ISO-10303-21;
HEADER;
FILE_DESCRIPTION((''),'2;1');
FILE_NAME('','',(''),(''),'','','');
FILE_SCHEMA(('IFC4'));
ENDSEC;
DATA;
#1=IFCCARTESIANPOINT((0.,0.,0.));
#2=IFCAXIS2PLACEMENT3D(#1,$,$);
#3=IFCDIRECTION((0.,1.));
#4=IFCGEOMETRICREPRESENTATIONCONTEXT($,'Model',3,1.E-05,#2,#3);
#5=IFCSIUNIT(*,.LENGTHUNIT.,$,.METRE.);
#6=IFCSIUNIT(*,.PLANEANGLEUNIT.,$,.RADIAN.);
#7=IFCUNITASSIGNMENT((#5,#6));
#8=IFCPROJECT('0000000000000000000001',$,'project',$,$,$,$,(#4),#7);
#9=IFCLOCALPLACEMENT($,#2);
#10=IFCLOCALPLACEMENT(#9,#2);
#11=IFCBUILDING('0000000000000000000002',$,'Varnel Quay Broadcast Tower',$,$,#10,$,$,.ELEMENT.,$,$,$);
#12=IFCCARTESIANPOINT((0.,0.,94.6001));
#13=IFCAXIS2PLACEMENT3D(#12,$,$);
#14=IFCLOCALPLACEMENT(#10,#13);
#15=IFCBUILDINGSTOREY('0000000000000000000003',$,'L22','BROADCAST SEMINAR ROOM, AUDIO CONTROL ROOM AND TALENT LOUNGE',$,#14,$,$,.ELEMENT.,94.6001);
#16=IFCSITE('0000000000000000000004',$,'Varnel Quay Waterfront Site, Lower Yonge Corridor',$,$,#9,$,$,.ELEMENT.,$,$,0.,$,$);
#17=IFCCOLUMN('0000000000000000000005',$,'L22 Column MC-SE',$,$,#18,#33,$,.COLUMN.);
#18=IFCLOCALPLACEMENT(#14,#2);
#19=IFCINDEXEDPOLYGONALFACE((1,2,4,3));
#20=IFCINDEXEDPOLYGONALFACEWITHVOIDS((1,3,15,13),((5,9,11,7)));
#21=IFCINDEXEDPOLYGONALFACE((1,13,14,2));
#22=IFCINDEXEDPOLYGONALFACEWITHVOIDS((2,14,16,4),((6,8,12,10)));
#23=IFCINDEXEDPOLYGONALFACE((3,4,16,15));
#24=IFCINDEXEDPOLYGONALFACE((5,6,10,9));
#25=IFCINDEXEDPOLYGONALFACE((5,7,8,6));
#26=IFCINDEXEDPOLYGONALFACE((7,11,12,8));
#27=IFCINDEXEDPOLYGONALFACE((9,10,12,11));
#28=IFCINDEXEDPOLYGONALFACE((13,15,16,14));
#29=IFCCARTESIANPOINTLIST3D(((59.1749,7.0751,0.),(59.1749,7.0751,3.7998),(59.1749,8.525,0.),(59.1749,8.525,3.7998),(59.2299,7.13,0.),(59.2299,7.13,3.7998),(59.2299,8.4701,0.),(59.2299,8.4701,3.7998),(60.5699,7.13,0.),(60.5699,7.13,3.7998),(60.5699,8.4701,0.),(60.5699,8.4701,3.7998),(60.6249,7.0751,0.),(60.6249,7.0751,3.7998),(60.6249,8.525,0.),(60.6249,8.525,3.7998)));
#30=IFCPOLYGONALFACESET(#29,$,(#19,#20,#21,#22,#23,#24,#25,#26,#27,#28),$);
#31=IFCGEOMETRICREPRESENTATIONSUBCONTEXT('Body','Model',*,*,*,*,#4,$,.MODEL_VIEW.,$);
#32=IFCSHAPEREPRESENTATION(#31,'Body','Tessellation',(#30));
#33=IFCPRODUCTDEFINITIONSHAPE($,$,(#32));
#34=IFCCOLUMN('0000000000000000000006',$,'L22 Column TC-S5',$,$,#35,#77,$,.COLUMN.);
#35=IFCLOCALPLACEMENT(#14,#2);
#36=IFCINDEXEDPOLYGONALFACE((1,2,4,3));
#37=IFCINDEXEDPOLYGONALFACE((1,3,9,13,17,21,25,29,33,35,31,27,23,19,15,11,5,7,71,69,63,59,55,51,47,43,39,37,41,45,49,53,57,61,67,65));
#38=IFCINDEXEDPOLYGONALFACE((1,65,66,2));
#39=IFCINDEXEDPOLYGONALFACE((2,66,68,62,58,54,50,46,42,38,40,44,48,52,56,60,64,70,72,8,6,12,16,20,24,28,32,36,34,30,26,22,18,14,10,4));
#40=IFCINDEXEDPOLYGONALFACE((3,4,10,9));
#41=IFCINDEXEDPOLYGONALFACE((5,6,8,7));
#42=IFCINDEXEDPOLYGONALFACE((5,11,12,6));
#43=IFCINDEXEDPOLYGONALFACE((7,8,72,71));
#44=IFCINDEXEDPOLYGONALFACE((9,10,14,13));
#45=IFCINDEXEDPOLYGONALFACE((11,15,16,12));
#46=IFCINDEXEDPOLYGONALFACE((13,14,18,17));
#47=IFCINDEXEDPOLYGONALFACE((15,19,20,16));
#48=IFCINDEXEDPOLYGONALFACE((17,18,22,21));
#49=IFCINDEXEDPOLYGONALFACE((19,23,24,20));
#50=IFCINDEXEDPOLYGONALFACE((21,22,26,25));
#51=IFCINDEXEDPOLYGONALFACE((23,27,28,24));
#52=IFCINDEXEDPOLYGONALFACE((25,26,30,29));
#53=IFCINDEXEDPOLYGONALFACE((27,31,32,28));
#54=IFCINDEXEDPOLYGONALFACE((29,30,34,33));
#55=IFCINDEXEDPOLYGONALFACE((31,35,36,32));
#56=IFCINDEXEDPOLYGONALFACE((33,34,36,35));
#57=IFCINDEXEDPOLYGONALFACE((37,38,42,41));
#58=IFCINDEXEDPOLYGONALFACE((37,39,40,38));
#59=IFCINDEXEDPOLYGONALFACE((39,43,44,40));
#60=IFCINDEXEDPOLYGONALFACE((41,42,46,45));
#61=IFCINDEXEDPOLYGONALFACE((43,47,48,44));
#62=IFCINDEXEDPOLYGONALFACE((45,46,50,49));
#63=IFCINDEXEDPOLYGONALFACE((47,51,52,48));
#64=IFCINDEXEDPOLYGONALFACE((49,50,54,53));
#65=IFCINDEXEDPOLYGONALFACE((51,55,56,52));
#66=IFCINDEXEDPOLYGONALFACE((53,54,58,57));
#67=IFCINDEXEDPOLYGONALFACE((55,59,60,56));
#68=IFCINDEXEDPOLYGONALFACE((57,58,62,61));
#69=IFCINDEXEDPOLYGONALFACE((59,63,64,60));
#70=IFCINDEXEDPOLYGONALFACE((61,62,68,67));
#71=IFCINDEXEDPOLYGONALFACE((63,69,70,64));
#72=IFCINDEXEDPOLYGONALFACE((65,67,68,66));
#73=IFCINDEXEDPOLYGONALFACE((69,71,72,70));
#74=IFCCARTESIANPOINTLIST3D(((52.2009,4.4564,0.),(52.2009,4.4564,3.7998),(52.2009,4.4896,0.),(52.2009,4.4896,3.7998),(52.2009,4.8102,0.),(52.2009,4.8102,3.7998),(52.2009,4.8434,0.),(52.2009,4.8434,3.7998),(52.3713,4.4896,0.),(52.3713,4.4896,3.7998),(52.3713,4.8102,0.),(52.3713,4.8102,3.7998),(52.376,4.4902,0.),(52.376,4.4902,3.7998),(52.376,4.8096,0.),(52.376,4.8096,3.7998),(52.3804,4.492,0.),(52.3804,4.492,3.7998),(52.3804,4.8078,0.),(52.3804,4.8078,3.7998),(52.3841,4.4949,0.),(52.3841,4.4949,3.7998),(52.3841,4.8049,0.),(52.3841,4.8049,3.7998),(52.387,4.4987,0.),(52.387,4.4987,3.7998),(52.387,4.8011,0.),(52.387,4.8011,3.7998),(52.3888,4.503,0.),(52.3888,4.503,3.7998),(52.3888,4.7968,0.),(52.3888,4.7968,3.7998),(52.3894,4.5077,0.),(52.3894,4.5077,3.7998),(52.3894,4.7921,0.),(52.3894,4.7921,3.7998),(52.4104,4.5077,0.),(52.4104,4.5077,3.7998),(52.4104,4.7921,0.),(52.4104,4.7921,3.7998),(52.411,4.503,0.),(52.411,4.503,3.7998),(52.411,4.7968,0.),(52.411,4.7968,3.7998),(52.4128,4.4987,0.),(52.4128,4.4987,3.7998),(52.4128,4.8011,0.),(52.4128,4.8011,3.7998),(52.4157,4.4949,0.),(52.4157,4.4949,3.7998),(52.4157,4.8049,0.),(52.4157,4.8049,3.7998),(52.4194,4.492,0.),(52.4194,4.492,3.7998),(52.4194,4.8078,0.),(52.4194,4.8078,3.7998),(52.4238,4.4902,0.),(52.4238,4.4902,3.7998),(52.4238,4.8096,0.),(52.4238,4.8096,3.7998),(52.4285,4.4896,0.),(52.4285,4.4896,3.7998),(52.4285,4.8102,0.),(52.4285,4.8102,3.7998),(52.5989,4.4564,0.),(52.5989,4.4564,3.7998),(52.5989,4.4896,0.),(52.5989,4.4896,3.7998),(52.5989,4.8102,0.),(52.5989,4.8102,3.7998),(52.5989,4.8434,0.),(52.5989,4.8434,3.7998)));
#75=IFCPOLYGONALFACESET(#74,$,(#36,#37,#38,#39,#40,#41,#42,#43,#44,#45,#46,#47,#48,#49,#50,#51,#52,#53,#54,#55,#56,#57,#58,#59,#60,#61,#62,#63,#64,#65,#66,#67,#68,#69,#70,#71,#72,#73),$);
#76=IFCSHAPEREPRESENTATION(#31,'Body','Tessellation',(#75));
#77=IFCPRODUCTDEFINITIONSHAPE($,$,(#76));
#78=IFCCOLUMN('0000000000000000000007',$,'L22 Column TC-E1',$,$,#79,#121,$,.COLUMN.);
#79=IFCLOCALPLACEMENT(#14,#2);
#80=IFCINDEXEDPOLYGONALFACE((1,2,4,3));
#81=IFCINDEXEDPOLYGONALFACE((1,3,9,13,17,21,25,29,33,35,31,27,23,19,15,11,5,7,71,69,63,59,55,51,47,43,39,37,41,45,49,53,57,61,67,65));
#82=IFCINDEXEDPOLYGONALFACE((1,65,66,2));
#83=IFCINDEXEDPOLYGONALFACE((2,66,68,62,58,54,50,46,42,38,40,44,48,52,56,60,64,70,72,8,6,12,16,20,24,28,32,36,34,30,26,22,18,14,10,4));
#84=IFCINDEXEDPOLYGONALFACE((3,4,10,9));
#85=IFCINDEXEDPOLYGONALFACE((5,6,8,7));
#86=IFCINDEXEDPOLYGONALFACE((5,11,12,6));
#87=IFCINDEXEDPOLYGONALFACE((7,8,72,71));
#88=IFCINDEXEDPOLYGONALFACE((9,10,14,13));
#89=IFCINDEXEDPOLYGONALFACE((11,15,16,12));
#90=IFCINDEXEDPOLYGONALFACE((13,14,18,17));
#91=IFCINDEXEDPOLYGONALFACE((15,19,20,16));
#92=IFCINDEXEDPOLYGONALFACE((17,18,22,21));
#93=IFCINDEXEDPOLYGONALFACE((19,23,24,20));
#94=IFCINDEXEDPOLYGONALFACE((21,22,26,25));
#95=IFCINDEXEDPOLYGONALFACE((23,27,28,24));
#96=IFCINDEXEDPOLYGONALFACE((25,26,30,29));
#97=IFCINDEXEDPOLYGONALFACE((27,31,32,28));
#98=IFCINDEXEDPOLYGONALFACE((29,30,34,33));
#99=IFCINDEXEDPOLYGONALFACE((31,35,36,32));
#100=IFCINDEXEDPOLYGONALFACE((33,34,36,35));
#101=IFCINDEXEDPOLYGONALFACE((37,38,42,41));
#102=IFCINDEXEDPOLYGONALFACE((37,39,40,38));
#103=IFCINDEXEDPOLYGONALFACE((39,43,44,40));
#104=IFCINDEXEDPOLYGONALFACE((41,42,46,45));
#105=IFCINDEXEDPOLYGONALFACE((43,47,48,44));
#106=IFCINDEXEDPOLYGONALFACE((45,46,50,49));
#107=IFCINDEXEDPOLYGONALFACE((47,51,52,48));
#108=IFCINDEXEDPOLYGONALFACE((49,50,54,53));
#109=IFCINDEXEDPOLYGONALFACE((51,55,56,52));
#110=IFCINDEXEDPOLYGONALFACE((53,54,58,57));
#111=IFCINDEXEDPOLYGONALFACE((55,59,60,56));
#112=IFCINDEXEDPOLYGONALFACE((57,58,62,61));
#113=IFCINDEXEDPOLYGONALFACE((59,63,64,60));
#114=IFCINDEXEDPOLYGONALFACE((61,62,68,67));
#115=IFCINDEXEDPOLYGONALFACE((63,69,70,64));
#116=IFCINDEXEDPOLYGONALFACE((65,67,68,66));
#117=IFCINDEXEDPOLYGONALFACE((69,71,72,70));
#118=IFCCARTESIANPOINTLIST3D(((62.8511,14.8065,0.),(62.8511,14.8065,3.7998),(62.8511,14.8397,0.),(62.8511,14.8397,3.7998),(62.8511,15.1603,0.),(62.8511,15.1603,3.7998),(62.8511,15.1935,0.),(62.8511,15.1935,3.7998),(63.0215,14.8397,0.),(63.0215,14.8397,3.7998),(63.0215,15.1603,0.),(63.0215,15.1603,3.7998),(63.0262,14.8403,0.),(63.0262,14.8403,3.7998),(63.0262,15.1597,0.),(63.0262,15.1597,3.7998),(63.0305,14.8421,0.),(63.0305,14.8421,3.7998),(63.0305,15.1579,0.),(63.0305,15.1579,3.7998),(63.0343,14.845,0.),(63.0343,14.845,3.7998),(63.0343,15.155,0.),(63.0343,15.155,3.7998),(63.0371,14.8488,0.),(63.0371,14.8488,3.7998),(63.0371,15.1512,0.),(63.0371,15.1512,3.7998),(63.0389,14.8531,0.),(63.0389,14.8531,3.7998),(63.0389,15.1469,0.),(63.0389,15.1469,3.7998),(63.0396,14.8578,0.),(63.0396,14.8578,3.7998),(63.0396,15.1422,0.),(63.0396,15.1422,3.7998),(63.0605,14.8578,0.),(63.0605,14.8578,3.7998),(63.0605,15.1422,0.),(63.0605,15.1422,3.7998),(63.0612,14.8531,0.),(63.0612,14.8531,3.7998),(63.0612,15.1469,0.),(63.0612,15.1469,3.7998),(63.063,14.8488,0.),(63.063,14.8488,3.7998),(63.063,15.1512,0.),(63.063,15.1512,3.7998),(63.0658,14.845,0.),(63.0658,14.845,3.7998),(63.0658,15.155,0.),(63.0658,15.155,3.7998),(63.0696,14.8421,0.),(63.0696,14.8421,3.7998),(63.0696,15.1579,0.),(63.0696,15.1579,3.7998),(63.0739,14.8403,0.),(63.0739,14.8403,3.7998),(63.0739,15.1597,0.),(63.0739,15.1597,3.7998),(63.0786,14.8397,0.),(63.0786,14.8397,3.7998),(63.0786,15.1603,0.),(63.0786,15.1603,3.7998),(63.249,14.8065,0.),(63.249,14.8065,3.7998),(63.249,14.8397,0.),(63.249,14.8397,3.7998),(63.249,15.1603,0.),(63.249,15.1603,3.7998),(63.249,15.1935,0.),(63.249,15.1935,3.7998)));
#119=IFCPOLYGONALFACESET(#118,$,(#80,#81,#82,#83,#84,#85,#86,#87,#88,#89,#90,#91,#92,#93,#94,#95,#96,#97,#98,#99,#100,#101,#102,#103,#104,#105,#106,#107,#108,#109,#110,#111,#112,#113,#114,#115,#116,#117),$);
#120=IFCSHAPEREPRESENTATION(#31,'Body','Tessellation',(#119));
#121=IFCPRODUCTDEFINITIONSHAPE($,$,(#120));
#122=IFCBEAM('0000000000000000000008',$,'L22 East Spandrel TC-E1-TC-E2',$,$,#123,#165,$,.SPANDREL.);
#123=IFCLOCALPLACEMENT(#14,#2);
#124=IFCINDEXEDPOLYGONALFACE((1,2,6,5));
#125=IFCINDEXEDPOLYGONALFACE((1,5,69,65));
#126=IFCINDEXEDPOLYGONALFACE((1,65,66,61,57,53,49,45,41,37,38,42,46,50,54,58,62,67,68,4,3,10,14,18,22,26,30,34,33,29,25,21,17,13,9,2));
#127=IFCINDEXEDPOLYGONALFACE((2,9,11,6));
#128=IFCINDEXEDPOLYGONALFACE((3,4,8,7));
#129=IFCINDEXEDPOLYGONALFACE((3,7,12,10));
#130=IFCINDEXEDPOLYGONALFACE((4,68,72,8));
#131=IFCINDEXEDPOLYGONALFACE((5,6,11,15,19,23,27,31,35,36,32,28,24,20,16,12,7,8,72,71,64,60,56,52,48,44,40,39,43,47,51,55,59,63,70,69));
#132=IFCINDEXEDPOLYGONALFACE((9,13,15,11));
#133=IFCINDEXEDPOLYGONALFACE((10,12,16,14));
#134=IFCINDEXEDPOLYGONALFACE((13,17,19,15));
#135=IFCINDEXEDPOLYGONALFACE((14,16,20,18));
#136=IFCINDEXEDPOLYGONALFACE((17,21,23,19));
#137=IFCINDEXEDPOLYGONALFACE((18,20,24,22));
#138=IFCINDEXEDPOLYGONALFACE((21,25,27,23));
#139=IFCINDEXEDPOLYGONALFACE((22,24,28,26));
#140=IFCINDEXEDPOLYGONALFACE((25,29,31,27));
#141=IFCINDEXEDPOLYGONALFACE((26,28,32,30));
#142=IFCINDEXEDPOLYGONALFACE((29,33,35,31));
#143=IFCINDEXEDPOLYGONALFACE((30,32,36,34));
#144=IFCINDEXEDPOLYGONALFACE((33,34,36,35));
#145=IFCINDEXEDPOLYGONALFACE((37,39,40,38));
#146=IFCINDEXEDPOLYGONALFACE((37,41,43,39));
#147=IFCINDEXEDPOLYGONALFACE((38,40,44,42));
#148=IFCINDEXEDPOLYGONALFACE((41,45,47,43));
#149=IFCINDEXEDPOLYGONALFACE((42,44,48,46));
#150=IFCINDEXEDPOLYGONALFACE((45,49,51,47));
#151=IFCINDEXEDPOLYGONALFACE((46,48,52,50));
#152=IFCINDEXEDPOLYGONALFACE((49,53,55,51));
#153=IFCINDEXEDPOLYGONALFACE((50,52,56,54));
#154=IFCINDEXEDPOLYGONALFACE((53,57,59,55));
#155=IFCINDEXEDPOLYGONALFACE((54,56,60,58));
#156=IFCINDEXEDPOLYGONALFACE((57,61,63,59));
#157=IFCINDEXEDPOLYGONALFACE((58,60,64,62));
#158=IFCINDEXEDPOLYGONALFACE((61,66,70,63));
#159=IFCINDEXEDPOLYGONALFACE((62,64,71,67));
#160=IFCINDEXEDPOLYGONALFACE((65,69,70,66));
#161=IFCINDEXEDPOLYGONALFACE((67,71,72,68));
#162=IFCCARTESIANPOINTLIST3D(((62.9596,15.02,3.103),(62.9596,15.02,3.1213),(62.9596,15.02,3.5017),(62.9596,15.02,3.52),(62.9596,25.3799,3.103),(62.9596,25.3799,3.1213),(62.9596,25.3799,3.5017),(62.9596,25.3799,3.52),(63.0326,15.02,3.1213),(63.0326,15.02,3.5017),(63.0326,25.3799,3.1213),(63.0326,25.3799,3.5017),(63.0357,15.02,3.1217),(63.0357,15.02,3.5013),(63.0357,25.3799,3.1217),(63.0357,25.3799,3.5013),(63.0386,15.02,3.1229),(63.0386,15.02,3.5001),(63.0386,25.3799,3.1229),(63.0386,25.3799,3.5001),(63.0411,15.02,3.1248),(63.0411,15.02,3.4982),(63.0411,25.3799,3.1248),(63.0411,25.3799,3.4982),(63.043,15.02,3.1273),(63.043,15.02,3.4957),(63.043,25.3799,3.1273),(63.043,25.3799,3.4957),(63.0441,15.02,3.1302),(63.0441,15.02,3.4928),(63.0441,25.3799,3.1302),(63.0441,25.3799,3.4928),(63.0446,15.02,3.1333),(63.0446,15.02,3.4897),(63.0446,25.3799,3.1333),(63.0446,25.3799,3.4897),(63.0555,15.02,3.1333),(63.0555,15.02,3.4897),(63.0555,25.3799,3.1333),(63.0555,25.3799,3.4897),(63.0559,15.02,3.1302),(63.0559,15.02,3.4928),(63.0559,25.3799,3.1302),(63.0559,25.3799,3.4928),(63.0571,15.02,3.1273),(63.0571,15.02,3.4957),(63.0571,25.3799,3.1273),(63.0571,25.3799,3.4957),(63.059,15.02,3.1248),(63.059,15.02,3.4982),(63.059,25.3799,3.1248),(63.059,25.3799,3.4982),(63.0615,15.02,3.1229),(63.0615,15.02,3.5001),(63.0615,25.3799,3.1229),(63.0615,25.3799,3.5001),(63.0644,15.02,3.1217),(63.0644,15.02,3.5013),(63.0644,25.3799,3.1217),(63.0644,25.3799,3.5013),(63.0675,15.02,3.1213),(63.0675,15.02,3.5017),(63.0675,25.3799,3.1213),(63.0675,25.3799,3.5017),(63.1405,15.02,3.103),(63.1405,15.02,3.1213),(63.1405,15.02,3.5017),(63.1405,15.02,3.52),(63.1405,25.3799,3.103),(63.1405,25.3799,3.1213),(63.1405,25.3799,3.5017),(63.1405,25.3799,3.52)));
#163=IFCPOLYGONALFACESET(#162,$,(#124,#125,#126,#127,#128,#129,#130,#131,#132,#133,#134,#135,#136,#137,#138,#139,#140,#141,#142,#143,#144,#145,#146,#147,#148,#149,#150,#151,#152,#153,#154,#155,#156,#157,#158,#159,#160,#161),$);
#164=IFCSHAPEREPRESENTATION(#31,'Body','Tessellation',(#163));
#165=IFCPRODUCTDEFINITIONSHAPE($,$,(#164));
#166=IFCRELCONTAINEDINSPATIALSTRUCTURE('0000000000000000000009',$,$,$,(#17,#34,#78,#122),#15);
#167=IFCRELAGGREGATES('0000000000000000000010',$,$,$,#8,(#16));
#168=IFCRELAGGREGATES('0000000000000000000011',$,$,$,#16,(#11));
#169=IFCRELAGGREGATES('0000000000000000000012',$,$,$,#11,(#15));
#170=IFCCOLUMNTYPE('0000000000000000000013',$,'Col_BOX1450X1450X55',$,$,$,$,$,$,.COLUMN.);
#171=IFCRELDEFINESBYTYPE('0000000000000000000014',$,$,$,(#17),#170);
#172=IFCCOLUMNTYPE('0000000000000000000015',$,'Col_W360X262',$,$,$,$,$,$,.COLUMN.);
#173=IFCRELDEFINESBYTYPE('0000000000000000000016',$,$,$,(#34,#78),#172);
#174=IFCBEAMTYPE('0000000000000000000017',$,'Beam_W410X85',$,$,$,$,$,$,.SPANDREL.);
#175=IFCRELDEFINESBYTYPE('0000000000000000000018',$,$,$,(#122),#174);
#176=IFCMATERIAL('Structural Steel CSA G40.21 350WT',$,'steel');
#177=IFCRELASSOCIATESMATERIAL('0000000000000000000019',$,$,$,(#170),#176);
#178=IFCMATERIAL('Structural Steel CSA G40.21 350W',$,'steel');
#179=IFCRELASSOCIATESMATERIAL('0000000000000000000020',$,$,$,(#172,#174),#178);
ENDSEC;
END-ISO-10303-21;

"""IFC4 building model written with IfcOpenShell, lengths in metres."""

from ifc_helpers import new_model, si_unit, direction, frame, origin, origin_2d, place, context, subcontext, project, spatial, hollow_rectangle, i_section, extrude, source, transform, mapped, material, material_profile, profile_set, type_object, type_shapes, element, save


model = new_model("IFC4")

# Units and contexts
model_context = context("Model", 3, precision=1e-05, world=origin(), true_north=direction((0.0, 1.0)))
body_context = subcontext(model_context, "Body", "Model", "MODEL_VIEW")
ifc_project = project(units=[si_unit("LENGTHUNIT", "METRE"), si_unit("PLANEANGLEUNIT", "RADIAN")], contexts=[model_context])

# Site, building, storey
site_placement = place(None, origin())
site = spatial("IfcSite", under=ifc_project, at=site_placement, Name="Varnel Quay Waterfront Site, Lower Yonge Corridor", CompositionType="ELEMENT", RefElevation=0.0)
building_placement = place(site_placement, origin())
building = spatial("IfcBuilding", under=site, at=building_placement, Name="Varnel Quay Broadcast Tower", CompositionType="ELEMENT")
storey_placement = place(building_placement, frame((0.0, 0.0, 94.6001)))
storey = spatial("IfcBuildingStorey", under=building, at=storey_placement, Name="L22", Description="BROADCAST SEMINAR ROOM, AUDIO CONTROL ROOM AND TALENT LOUNGE", CompositionType="ELEMENT", Elevation=94.6001)

# Columns
ifc_material_1 = material(Name="Structural Steel CSA G40.21 350WT", Category="steel")
ifc_material_profile_1 = material_profile(ifc_material_1, hollow_rectangle(XDim=1.45, YDim=1.45, WallThickness=0.0549, at=origin_2d()), Name="BOX1450X1450X55")
ifc_profile_set_1 = profile_set([ifc_material_profile_1], Name="Structural Steel CSA G40.21 350WT")
column_type_1 = type_object("IfcColumnType", Name="Col_BOX1450X1450X55", PredefinedType="COLUMN", material=ifc_profile_set_1)
shared_shape_1 = source(origin(), body_context, "Body", "SweptSolid", [
    extrude(hollow_rectangle(XDim=1.45, YDim=1.45, WallThickness=0.0549, at=origin_2d()), origin(), (0.0, 0.0, 1.0), 3.7998),
])
type_shapes(column_type_1, [shared_shape_1])
column_placement = place(storey_placement, frame((59.8999, 7.8, 0.0), z_axis=(0.0, 0.0, 1.0), x_axis=(1.0, 0.0, 0.0)))
element("IfcColumn", 1, at=column_placement, inside=storey, type_object=column_type_1, Name="L22 Column MC-SE", PredefinedType="COLUMN", context=body_context, shape_type="MappedRepresentation", body=[
    mapped(shared_shape_1, transform((0.0, 0.0, 0.0), x_axis=(1.0, 0.0, 0.0), y_axis=(0.0, 1.0, 0.0), z_axis=(0.0, 0.0, 1.0), scale=1.0)),
])
ifc_material_2 = material(Name="Structural Steel CSA G40.21 350W", Category="steel")
ifc_material_profile_2 = material_profile(ifc_material_2, i_section(OverallWidth=0.3979, OverallDepth=0.387, WebThickness=0.021, FlangeThickness=0.0332, FilletRadius=0.0181, at=origin_2d()), Name="W360X262")
ifc_profile_set_2 = profile_set([ifc_material_profile_2], Name="Structural Steel CSA G40.21 350W")
column_type_2 = type_object("IfcColumnType", Name="Col_W360X262", PredefinedType="COLUMN", material=ifc_profile_set_2)
shared_shape_2 = source(origin(), body_context, "Body", "SweptSolid", [
    extrude(i_section(OverallWidth=0.3979, OverallDepth=0.387, WebThickness=0.021, FlangeThickness=0.0332, FilletRadius=0.0181, at=origin_2d()), origin(), (0.0, 0.0, 1.0), 3.7998),
])
type_shapes(column_type_2, [shared_shape_2])
for number, where, z_axis, x_axis, name in (
    (2, (52.3999, 4.6499, 0.0), (0.0, 0.0, 1.0), (1.0, 0.0, 0.0), "L22 Column TC-S5"),
    (3, (63.05, 15.0, 0.0), (0.0, 0.0, 1.0), (1.0, 0.0, 0.0), "L22 Column TC-E1"),
):
    element("IfcColumn", number, at=place(storey_placement, frame(where, z_axis=z_axis, x_axis=x_axis)), inside=storey, type_object=column_type_2, Name=name, PredefinedType="COLUMN", context=body_context, shape_type="MappedRepresentation", body=[
        mapped(shared_shape_2, transform((0.0, 0.0, 0.0), x_axis=(1.0, 0.0, 0.0), y_axis=(0.0, 1.0, 0.0), z_axis=(0.0, 0.0, 1.0), scale=1.0)),
    ])

# Beam
ifc_material_profile_3 = material_profile(ifc_material_2, i_section(OverallWidth=0.1809, OverallDepth=0.417, WebThickness=0.011, FlangeThickness=0.0183, FilletRadius=0.012, at=origin_2d()), Name="W410X85")
ifc_profile_set_3 = profile_set([ifc_material_profile_3], Name="Structural Steel CSA G40.21 350W")
beam_type = type_object("IfcBeamType", Name="Beam_W410X85", PredefinedType="SPANDREL", material=ifc_profile_set_3)
shared_shape_3 = source(origin(), body_context, "Body", "SweptSolid", [
    extrude(i_section(OverallWidth=0.1809, OverallDepth=0.417, WebThickness=0.011, FlangeThickness=0.0183, FilletRadius=0.012, at=origin_2d()), origin(), (0.0, 0.0, 1.0), 10.3599),
])
beam_1_placement = place(storey_placement, frame((63.05, 15.02, 3.3115), z_axis=(0.0, 1.0, 0.0), x_axis=(-1.0, 0.0, 0.0)))
element("IfcBeam", 4, at=beam_1_placement, inside=storey, type_object=beam_type, Name="L22 East Spandrel TC-E1-TC-E2", PredefinedType="SPANDREL", context=body_context, shape_type="MappedRepresentation", body=[
    mapped(shared_shape_3, transform((0.0, 0.0, 0.0), x_axis=(1.0, 0.0, 0.0), y_axis=(0.0, 1.0, 0.0), z_axis=(0.0, 0.0, 1.0), scale=1.0)),
])

save(model, "model.ifc")
